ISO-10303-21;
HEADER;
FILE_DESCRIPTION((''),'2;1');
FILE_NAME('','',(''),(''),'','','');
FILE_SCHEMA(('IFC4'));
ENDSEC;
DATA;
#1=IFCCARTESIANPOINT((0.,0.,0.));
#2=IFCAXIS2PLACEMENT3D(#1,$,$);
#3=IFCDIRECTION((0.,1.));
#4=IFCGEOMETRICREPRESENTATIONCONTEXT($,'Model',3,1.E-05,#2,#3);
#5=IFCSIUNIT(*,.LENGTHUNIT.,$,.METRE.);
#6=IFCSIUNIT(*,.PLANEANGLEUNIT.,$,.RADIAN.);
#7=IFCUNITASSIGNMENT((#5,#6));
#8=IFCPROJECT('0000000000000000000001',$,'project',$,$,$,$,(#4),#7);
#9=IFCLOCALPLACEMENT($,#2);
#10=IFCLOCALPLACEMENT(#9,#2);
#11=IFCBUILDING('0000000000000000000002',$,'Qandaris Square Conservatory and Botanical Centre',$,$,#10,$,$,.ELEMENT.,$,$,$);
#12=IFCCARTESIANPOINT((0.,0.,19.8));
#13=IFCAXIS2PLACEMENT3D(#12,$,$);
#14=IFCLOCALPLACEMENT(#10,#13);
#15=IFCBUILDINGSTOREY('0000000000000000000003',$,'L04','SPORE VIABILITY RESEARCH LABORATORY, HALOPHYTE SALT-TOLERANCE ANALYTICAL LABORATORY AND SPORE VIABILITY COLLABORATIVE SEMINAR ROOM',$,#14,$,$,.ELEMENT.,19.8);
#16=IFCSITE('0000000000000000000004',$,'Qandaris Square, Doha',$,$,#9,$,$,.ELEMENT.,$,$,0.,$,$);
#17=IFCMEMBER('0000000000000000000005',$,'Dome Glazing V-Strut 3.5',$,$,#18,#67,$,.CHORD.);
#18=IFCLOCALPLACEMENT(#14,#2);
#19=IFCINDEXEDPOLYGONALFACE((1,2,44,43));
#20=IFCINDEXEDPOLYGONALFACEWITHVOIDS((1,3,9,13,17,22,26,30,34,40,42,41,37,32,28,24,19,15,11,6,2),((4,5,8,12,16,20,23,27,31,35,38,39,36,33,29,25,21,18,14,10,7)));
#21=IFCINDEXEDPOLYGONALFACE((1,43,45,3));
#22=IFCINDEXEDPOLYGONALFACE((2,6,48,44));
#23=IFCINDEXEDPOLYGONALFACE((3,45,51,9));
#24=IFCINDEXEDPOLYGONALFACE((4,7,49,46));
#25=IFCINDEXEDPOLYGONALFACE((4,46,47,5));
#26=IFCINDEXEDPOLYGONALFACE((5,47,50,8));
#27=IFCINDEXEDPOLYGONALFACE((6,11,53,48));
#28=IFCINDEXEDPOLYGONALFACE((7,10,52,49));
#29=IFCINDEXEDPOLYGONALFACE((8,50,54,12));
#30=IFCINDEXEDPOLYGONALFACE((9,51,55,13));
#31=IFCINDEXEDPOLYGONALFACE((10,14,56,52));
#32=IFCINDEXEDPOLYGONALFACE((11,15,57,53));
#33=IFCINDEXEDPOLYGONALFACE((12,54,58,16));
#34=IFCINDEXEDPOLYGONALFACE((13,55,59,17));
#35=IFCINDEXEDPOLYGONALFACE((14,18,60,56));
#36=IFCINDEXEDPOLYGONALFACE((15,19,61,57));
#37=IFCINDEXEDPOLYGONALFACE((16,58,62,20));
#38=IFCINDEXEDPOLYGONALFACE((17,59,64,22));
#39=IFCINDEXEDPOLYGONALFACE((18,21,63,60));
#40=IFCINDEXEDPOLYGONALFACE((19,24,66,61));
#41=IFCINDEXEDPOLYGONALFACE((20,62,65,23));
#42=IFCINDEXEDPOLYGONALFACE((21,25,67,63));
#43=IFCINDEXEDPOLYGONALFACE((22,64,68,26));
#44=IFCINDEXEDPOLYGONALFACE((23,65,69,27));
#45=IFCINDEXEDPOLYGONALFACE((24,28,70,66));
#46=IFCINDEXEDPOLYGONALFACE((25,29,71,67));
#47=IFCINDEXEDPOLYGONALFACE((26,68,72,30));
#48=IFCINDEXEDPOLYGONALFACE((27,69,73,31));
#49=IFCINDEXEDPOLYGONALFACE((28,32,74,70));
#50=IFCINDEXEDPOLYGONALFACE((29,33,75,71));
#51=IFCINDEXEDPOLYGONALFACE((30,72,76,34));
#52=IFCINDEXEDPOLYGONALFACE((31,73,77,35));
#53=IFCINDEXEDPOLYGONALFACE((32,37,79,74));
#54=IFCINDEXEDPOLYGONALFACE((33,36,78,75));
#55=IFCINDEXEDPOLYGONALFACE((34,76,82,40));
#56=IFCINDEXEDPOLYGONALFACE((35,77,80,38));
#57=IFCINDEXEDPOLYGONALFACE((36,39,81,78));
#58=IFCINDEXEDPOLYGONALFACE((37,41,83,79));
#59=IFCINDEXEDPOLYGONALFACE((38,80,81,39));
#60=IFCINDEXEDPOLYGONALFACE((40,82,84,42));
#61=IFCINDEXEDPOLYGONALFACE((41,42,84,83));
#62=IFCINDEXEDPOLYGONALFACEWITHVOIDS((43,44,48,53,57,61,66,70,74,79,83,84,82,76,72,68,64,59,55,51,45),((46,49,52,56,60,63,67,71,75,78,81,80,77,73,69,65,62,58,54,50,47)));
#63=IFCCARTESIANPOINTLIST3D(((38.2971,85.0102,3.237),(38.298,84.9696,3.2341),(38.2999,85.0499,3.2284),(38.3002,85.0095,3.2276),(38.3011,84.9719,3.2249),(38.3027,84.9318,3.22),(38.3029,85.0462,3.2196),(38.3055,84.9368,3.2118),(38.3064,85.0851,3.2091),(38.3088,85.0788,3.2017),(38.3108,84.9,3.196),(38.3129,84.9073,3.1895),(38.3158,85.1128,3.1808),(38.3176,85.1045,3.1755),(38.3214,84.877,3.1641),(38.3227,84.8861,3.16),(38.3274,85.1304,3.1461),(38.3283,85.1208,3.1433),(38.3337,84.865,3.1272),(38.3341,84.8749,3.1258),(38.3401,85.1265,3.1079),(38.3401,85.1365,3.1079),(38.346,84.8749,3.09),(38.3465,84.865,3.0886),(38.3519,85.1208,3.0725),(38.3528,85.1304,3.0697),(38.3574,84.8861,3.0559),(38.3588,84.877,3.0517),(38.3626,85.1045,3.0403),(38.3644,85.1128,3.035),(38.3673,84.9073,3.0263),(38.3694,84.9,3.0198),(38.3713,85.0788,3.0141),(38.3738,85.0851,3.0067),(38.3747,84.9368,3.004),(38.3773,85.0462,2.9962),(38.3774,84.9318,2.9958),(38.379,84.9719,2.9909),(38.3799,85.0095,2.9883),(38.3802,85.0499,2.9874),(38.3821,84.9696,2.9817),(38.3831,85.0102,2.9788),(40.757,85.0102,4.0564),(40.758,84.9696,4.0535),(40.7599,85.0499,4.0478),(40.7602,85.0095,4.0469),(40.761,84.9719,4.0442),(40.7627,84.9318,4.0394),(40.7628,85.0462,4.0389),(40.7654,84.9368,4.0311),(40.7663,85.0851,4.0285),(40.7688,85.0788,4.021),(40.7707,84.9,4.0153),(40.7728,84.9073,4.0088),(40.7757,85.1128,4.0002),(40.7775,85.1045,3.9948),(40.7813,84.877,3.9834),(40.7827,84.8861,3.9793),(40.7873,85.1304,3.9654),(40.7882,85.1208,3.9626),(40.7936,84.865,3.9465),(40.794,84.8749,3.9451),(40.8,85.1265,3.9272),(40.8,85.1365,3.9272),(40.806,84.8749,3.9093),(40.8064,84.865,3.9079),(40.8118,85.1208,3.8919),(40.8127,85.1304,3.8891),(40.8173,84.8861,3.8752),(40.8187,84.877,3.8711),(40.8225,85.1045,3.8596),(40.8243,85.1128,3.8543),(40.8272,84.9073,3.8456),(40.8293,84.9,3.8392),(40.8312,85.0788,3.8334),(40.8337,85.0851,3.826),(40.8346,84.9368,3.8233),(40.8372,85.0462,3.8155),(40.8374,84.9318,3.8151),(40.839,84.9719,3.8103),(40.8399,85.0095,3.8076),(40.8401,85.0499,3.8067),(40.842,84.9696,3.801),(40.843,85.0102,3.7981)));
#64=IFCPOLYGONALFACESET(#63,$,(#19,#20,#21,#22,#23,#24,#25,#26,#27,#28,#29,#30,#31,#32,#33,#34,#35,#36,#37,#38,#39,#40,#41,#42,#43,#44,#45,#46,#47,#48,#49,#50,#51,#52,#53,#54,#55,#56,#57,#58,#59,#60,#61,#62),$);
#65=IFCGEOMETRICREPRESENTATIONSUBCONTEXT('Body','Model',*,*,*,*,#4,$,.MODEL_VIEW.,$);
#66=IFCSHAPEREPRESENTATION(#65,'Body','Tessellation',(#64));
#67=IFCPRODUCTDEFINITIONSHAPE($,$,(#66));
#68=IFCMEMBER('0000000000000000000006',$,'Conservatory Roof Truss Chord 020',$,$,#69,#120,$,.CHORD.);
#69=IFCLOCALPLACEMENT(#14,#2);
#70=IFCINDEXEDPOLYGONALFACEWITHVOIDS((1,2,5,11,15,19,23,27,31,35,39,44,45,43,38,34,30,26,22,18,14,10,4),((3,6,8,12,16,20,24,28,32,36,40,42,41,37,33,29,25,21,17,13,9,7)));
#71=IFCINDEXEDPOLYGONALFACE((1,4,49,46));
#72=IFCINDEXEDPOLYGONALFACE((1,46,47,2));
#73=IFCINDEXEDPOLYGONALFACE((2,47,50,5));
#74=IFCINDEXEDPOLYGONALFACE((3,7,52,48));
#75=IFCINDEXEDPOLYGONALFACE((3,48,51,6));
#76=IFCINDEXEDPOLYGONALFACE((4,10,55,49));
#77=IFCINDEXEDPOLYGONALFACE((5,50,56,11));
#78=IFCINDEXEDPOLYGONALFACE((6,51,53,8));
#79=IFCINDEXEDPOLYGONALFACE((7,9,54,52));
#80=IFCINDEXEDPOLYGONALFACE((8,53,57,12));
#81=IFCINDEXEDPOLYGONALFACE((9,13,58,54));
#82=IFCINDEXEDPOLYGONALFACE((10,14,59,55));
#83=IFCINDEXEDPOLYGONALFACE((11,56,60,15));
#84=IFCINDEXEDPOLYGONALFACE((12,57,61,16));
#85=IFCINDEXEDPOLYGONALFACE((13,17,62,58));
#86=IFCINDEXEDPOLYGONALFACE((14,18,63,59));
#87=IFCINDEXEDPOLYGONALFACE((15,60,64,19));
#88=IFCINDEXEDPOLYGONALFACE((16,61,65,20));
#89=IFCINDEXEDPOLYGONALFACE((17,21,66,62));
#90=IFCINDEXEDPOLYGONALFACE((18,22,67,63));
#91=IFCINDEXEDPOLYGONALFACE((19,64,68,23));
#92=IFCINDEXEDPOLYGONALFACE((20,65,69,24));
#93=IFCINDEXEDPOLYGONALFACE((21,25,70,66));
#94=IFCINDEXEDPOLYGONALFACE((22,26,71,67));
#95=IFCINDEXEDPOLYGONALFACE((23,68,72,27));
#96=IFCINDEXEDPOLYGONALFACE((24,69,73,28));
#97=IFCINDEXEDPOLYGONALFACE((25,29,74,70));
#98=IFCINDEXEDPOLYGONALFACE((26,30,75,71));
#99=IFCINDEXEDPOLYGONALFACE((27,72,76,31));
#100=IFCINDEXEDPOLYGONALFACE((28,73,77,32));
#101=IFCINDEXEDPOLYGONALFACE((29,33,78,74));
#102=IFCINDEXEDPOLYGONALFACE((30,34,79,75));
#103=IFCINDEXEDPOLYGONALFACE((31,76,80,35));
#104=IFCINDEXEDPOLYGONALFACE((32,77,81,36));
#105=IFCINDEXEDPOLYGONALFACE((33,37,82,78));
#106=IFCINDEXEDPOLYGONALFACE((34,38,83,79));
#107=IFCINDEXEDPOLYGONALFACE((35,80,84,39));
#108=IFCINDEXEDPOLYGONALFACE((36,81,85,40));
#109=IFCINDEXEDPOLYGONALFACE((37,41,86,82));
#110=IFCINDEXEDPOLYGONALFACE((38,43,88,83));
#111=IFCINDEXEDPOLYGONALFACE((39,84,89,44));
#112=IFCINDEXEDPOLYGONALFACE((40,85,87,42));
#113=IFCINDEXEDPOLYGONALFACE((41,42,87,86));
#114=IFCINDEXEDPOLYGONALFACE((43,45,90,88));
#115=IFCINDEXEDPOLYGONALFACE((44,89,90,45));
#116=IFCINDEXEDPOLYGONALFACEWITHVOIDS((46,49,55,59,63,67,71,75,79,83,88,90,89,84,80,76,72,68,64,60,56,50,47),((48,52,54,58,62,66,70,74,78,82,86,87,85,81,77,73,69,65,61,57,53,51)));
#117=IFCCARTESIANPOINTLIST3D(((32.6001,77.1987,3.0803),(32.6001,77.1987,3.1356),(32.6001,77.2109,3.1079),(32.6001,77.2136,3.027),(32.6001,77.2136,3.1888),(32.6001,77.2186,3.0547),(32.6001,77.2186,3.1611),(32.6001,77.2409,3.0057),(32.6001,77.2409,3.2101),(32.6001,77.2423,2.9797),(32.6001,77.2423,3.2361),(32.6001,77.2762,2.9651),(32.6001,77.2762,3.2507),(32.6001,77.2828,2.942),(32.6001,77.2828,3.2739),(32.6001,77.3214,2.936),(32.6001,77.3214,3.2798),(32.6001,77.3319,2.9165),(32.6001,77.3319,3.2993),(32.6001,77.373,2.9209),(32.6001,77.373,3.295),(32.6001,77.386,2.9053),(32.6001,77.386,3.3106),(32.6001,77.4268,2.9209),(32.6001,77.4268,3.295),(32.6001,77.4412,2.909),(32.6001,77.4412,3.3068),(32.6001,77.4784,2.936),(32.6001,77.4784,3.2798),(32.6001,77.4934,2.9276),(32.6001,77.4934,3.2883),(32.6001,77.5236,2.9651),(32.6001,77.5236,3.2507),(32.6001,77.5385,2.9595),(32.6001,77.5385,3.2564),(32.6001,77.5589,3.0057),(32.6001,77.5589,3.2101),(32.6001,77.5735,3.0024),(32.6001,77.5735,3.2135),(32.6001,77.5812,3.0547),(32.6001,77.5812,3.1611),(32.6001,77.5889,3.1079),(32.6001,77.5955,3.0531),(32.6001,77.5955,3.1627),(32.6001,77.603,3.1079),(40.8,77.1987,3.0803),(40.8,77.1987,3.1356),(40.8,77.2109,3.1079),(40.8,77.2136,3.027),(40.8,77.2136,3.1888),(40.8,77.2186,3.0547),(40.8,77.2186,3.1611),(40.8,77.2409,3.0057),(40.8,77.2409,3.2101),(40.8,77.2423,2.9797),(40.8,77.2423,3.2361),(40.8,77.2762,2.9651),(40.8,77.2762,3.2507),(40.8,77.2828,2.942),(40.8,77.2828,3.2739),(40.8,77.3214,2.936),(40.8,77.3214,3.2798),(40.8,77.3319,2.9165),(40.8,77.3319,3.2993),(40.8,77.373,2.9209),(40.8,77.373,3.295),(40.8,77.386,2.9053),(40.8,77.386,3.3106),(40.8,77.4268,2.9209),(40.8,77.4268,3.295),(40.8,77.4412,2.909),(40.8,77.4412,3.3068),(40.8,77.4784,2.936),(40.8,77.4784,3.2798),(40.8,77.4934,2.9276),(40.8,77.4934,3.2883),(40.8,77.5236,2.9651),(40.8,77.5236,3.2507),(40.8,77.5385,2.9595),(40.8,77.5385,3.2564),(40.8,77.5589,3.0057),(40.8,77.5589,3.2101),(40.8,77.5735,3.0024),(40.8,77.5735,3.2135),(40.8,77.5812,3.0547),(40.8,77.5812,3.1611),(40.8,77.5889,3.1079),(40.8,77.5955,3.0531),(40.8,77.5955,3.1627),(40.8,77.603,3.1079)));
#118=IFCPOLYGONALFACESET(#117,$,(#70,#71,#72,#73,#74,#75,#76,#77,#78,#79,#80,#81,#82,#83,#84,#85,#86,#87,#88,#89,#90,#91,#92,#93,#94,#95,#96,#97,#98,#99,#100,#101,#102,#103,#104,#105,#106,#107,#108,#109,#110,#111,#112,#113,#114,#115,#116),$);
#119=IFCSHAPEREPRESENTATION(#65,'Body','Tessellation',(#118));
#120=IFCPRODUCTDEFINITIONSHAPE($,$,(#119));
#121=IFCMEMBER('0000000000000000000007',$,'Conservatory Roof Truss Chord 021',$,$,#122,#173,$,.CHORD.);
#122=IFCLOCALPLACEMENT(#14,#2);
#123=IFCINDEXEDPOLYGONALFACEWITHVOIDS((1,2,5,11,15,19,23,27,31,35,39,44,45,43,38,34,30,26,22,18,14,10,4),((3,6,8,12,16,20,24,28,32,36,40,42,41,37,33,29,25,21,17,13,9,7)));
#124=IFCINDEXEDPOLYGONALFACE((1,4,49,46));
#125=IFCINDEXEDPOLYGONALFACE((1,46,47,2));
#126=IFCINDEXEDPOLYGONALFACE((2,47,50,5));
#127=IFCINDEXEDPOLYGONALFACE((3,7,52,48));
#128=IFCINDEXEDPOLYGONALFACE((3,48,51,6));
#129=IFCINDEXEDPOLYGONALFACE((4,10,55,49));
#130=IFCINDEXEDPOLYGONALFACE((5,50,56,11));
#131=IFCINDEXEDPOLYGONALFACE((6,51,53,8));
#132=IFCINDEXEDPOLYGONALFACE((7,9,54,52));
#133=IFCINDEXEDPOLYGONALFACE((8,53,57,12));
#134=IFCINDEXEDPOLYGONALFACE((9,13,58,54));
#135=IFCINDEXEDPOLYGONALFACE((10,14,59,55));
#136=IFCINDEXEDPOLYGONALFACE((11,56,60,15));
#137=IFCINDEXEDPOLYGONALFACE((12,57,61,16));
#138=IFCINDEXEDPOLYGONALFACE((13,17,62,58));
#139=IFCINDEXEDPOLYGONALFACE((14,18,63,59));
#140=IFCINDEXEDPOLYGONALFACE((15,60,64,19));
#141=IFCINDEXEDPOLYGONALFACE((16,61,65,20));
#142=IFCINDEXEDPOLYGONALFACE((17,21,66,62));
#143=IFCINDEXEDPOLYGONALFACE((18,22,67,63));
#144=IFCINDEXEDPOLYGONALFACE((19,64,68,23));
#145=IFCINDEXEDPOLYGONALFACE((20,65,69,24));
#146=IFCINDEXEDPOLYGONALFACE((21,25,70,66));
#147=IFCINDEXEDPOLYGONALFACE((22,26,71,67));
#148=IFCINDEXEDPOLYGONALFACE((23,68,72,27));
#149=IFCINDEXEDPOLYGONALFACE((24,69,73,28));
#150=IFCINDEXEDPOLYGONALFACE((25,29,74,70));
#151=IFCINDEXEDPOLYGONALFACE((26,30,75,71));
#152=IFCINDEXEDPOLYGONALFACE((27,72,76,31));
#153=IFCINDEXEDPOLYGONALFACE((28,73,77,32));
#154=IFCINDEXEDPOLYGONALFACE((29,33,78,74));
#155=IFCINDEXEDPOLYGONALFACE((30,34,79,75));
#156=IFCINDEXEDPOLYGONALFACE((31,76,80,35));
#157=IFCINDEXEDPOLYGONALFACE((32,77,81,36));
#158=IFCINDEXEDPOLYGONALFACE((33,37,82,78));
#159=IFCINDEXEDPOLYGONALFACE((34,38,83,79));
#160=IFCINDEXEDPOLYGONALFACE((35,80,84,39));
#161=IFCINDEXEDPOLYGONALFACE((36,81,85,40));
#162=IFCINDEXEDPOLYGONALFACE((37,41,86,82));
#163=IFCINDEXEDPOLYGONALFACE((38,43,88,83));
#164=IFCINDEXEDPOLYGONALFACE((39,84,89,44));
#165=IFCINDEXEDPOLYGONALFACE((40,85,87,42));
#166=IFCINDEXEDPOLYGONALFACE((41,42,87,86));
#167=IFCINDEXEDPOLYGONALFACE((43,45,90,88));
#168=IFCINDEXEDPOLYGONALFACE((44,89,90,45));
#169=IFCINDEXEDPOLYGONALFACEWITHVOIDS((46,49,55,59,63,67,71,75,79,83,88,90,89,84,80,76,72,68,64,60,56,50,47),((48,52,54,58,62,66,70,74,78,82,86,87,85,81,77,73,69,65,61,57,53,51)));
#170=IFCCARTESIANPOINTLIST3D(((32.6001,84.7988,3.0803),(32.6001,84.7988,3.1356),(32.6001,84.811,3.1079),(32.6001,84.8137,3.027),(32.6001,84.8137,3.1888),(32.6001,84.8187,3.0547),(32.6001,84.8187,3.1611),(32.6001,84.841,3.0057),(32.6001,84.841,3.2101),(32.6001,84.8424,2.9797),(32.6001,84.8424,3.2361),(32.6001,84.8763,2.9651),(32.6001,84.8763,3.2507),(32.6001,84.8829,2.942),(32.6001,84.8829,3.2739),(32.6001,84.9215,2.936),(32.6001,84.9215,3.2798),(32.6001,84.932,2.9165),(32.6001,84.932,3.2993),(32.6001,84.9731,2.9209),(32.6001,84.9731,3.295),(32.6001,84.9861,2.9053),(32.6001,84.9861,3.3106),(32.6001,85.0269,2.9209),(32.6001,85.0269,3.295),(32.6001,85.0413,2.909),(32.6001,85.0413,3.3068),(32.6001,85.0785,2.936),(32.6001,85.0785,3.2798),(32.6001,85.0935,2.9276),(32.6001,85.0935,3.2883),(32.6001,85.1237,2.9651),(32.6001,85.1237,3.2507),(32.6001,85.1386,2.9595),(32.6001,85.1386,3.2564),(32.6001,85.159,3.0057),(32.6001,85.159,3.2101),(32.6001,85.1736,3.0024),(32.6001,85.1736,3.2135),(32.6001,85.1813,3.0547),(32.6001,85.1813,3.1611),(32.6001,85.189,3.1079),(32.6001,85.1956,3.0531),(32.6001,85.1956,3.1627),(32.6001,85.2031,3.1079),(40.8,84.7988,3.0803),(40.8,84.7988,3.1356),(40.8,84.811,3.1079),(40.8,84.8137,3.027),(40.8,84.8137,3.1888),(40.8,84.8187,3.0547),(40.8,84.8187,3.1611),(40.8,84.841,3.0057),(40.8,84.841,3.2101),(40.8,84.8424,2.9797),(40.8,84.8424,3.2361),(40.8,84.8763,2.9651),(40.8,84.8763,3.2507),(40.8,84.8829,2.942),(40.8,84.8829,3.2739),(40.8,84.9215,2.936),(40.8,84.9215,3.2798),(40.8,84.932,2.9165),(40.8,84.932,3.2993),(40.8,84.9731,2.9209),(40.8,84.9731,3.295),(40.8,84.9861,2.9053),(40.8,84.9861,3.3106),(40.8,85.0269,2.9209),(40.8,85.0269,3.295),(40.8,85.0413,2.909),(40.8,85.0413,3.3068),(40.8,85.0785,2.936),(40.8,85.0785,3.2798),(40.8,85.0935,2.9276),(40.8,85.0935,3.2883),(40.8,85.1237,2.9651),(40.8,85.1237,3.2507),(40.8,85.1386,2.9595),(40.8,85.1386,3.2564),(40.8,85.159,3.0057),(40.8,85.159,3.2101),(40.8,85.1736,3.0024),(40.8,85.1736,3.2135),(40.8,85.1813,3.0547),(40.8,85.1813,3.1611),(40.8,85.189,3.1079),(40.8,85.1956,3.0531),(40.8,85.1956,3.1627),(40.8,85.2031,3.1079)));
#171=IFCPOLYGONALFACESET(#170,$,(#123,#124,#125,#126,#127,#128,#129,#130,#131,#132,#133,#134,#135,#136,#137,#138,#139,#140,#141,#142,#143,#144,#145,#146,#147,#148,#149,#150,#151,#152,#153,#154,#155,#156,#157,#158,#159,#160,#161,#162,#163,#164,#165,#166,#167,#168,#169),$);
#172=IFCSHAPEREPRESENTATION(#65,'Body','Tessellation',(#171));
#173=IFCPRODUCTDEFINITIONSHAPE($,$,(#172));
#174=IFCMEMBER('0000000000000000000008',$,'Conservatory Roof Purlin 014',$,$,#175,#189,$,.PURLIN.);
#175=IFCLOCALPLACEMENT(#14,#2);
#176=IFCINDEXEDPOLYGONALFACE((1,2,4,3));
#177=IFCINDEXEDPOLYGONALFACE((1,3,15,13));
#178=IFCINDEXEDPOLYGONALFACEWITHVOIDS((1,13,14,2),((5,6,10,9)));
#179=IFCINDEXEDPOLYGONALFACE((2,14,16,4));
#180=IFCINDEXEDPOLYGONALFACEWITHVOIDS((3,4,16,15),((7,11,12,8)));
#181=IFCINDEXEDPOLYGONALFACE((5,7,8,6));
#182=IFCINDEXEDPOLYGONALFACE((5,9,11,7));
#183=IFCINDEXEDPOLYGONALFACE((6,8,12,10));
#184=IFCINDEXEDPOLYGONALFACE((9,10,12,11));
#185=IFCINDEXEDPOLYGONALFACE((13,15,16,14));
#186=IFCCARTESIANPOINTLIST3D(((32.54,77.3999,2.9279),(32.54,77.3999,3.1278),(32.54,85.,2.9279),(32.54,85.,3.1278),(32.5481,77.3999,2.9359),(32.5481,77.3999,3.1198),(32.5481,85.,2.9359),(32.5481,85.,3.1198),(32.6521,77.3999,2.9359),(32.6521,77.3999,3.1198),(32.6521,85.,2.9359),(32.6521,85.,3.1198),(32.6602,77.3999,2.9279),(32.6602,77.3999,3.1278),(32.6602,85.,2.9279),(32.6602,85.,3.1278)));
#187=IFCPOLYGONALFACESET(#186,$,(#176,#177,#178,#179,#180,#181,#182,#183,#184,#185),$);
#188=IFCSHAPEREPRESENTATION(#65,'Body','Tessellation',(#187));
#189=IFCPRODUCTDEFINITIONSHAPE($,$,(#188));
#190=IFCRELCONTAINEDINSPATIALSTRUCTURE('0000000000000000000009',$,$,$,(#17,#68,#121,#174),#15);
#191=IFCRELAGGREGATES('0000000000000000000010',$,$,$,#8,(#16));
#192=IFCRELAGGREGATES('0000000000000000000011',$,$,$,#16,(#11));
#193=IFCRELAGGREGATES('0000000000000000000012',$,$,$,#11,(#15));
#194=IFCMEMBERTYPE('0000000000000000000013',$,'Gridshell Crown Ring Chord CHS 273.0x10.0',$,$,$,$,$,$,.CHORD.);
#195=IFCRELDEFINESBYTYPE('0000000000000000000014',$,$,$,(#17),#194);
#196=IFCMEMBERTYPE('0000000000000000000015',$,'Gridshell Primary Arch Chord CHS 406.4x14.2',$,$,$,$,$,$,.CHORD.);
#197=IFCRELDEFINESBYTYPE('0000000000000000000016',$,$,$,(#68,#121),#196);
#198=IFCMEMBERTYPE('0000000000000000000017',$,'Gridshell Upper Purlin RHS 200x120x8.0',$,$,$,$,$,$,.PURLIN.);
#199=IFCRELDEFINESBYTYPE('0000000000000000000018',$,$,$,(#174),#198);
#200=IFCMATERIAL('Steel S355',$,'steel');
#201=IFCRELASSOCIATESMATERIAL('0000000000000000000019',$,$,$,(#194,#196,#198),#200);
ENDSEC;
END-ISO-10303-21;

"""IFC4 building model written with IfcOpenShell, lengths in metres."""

from ifc_helpers import new_model, si_unit, direction, frame, origin, origin_2d, place, context, subcontext, project, spatial, hollow_rectangle, hollow_circle, extrude, material, material_profile, profile_set, type_object, element, save


model = new_model("IFC4")

# Units and contexts
model_context = context("Model", 3, precision=1e-05, world=origin(), true_north=direction((0.0, 1.0)))
body_context = subcontext(model_context, "Body", "Model", "MODEL_VIEW")
ifc_project = project(units=[si_unit("LENGTHUNIT", "METRE"), si_unit("PLANEANGLEUNIT", "RADIAN")], contexts=[model_context])

# Site, building, storey
site_placement = place(None, origin())
site = spatial("IfcSite", under=ifc_project, at=site_placement, Name="Qandaris Square, Doha", CompositionType="ELEMENT", RefElevation=0.0)
building_placement = place(site_placement, origin())
building = spatial("IfcBuilding", under=site, at=building_placement, Name="Qandaris Square Conservatory and Botanical Centre", CompositionType="ELEMENT")
storey_placement = place(building_placement, frame((0.0, 0.0, 19.8)))
storey = spatial("IfcBuildingStorey", under=building, at=storey_placement, Name="L04", Description="SPORE VIABILITY RESEARCH LABORATORY, HALOPHYTE SALT-TOLERANCE ANALYTICAL LABORATORY AND SPORE VIABILITY COLLABORATIVE SEMINAR ROOM", CompositionType="ELEMENT", Elevation=19.8)

# Members
ifc_material = material(Name="Steel S355", Category="steel")
ifc_material_profile_1 = material_profile(ifc_material, hollow_circle(Radius=0.1365, WallThickness=0.01, at=origin_2d()), Name="CHS 273.0x10.0")
ifc_profile_set_1 = profile_set([ifc_material_profile_1], Name="Steel S355")
member_type_1 = type_object("IfcMemberType", Name="Gridshell Crown Ring Chord CHS 273.0x10.0", PredefinedType="CHORD", material=ifc_profile_set_1)
for number, where, z_axis, x_axis, name in (
    (1, (38.3401, 85.0, 3.1079), (0.948759, 0.0, 0.316002), (0.0, 1.0, 0.0), "Dome Glazing V-Strut 3.5"),
):
    element("IfcMember", number, at=place(storey_placement, frame(where, z_axis=z_axis, x_axis=x_axis)), inside=storey, type_object=member_type_1, Name=name, PredefinedType="CHORD", context=body_context, shape_type="SweptSolid", body=[
        extrude(hollow_circle(Radius=0.1365, WallThickness=0.01, at=origin_2d()), origin(), (0.0, 0.0, 1.0), 2.5928),
    ])
ifc_material_profile_2 = material_profile(ifc_material, hollow_circle(Radius=0.2031, WallThickness=0.0142, at=origin_2d()), Name="CHS 406.4x14.2")
ifc_profile_set_2 = profile_set([ifc_material_profile_2], Name="Steel S355")
member_type_2 = type_object("IfcMemberType", Name="Gridshell Primary Arch Chord CHS 406.4x14.2", PredefinedType="CHORD", material=ifc_profile_set_2)
for number, where, z_axis, x_axis, name in (
    (2, (32.6001, 77.3999, 3.1079), (1.0, 0.0, 0.0), (0.0, 1.0, 0.0), "Conservatory Roof Truss Chord 020"),
    (3, (32.6001, 85.0, 3.1079), (1.0, 0.0, 0.0), (0.0, 1.0, 0.0), "Conservatory Roof Truss Chord 021"),
):
    element("IfcMember", number, at=place(storey_placement, frame(where, z_axis=z_axis, x_axis=x_axis)), inside=storey, type_object=member_type_2, Name=name, PredefinedType="CHORD", context=body_context, shape_type="SweptSolid", body=[
        extrude(hollow_circle(Radius=0.2031, WallThickness=0.0142, at=origin_2d()), origin(), (0.0, 0.0, 1.0), 8.2),
    ])
ifc_material_profile_3 = material_profile(ifc_material, hollow_rectangle(XDim=0.1201, YDim=0.2, WallThickness=0.0081, at=origin_2d()), Name="RHS 200x120x8.0")
ifc_profile_set_3 = profile_set([ifc_material_profile_3], Name="Steel S355")
member_type_3 = type_object("IfcMemberType", Name="Gridshell Upper Purlin RHS 200x120x8.0", PredefinedType="PURLIN", material=ifc_profile_set_3)
member_1_placement = place(storey_placement, frame((32.6001, 77.3999, 3.0278), z_axis=(0.0, 1.0, 0.0), x_axis=(-1.0, 0.0, 0.0)))
element("IfcMember", 4, at=member_1_placement, inside=storey, type_object=member_type_3, Name="Conservatory Roof Purlin 014", PredefinedType="PURLIN", context=body_context, shape_type="SweptSolid", body=[
    extrude(hollow_rectangle(XDim=0.1201, YDim=0.2, WallThickness=0.0081, at=origin_2d()), origin(), (0.0, 0.0, 1.0), 7.6001),
])

save(model, "model.ifc")
